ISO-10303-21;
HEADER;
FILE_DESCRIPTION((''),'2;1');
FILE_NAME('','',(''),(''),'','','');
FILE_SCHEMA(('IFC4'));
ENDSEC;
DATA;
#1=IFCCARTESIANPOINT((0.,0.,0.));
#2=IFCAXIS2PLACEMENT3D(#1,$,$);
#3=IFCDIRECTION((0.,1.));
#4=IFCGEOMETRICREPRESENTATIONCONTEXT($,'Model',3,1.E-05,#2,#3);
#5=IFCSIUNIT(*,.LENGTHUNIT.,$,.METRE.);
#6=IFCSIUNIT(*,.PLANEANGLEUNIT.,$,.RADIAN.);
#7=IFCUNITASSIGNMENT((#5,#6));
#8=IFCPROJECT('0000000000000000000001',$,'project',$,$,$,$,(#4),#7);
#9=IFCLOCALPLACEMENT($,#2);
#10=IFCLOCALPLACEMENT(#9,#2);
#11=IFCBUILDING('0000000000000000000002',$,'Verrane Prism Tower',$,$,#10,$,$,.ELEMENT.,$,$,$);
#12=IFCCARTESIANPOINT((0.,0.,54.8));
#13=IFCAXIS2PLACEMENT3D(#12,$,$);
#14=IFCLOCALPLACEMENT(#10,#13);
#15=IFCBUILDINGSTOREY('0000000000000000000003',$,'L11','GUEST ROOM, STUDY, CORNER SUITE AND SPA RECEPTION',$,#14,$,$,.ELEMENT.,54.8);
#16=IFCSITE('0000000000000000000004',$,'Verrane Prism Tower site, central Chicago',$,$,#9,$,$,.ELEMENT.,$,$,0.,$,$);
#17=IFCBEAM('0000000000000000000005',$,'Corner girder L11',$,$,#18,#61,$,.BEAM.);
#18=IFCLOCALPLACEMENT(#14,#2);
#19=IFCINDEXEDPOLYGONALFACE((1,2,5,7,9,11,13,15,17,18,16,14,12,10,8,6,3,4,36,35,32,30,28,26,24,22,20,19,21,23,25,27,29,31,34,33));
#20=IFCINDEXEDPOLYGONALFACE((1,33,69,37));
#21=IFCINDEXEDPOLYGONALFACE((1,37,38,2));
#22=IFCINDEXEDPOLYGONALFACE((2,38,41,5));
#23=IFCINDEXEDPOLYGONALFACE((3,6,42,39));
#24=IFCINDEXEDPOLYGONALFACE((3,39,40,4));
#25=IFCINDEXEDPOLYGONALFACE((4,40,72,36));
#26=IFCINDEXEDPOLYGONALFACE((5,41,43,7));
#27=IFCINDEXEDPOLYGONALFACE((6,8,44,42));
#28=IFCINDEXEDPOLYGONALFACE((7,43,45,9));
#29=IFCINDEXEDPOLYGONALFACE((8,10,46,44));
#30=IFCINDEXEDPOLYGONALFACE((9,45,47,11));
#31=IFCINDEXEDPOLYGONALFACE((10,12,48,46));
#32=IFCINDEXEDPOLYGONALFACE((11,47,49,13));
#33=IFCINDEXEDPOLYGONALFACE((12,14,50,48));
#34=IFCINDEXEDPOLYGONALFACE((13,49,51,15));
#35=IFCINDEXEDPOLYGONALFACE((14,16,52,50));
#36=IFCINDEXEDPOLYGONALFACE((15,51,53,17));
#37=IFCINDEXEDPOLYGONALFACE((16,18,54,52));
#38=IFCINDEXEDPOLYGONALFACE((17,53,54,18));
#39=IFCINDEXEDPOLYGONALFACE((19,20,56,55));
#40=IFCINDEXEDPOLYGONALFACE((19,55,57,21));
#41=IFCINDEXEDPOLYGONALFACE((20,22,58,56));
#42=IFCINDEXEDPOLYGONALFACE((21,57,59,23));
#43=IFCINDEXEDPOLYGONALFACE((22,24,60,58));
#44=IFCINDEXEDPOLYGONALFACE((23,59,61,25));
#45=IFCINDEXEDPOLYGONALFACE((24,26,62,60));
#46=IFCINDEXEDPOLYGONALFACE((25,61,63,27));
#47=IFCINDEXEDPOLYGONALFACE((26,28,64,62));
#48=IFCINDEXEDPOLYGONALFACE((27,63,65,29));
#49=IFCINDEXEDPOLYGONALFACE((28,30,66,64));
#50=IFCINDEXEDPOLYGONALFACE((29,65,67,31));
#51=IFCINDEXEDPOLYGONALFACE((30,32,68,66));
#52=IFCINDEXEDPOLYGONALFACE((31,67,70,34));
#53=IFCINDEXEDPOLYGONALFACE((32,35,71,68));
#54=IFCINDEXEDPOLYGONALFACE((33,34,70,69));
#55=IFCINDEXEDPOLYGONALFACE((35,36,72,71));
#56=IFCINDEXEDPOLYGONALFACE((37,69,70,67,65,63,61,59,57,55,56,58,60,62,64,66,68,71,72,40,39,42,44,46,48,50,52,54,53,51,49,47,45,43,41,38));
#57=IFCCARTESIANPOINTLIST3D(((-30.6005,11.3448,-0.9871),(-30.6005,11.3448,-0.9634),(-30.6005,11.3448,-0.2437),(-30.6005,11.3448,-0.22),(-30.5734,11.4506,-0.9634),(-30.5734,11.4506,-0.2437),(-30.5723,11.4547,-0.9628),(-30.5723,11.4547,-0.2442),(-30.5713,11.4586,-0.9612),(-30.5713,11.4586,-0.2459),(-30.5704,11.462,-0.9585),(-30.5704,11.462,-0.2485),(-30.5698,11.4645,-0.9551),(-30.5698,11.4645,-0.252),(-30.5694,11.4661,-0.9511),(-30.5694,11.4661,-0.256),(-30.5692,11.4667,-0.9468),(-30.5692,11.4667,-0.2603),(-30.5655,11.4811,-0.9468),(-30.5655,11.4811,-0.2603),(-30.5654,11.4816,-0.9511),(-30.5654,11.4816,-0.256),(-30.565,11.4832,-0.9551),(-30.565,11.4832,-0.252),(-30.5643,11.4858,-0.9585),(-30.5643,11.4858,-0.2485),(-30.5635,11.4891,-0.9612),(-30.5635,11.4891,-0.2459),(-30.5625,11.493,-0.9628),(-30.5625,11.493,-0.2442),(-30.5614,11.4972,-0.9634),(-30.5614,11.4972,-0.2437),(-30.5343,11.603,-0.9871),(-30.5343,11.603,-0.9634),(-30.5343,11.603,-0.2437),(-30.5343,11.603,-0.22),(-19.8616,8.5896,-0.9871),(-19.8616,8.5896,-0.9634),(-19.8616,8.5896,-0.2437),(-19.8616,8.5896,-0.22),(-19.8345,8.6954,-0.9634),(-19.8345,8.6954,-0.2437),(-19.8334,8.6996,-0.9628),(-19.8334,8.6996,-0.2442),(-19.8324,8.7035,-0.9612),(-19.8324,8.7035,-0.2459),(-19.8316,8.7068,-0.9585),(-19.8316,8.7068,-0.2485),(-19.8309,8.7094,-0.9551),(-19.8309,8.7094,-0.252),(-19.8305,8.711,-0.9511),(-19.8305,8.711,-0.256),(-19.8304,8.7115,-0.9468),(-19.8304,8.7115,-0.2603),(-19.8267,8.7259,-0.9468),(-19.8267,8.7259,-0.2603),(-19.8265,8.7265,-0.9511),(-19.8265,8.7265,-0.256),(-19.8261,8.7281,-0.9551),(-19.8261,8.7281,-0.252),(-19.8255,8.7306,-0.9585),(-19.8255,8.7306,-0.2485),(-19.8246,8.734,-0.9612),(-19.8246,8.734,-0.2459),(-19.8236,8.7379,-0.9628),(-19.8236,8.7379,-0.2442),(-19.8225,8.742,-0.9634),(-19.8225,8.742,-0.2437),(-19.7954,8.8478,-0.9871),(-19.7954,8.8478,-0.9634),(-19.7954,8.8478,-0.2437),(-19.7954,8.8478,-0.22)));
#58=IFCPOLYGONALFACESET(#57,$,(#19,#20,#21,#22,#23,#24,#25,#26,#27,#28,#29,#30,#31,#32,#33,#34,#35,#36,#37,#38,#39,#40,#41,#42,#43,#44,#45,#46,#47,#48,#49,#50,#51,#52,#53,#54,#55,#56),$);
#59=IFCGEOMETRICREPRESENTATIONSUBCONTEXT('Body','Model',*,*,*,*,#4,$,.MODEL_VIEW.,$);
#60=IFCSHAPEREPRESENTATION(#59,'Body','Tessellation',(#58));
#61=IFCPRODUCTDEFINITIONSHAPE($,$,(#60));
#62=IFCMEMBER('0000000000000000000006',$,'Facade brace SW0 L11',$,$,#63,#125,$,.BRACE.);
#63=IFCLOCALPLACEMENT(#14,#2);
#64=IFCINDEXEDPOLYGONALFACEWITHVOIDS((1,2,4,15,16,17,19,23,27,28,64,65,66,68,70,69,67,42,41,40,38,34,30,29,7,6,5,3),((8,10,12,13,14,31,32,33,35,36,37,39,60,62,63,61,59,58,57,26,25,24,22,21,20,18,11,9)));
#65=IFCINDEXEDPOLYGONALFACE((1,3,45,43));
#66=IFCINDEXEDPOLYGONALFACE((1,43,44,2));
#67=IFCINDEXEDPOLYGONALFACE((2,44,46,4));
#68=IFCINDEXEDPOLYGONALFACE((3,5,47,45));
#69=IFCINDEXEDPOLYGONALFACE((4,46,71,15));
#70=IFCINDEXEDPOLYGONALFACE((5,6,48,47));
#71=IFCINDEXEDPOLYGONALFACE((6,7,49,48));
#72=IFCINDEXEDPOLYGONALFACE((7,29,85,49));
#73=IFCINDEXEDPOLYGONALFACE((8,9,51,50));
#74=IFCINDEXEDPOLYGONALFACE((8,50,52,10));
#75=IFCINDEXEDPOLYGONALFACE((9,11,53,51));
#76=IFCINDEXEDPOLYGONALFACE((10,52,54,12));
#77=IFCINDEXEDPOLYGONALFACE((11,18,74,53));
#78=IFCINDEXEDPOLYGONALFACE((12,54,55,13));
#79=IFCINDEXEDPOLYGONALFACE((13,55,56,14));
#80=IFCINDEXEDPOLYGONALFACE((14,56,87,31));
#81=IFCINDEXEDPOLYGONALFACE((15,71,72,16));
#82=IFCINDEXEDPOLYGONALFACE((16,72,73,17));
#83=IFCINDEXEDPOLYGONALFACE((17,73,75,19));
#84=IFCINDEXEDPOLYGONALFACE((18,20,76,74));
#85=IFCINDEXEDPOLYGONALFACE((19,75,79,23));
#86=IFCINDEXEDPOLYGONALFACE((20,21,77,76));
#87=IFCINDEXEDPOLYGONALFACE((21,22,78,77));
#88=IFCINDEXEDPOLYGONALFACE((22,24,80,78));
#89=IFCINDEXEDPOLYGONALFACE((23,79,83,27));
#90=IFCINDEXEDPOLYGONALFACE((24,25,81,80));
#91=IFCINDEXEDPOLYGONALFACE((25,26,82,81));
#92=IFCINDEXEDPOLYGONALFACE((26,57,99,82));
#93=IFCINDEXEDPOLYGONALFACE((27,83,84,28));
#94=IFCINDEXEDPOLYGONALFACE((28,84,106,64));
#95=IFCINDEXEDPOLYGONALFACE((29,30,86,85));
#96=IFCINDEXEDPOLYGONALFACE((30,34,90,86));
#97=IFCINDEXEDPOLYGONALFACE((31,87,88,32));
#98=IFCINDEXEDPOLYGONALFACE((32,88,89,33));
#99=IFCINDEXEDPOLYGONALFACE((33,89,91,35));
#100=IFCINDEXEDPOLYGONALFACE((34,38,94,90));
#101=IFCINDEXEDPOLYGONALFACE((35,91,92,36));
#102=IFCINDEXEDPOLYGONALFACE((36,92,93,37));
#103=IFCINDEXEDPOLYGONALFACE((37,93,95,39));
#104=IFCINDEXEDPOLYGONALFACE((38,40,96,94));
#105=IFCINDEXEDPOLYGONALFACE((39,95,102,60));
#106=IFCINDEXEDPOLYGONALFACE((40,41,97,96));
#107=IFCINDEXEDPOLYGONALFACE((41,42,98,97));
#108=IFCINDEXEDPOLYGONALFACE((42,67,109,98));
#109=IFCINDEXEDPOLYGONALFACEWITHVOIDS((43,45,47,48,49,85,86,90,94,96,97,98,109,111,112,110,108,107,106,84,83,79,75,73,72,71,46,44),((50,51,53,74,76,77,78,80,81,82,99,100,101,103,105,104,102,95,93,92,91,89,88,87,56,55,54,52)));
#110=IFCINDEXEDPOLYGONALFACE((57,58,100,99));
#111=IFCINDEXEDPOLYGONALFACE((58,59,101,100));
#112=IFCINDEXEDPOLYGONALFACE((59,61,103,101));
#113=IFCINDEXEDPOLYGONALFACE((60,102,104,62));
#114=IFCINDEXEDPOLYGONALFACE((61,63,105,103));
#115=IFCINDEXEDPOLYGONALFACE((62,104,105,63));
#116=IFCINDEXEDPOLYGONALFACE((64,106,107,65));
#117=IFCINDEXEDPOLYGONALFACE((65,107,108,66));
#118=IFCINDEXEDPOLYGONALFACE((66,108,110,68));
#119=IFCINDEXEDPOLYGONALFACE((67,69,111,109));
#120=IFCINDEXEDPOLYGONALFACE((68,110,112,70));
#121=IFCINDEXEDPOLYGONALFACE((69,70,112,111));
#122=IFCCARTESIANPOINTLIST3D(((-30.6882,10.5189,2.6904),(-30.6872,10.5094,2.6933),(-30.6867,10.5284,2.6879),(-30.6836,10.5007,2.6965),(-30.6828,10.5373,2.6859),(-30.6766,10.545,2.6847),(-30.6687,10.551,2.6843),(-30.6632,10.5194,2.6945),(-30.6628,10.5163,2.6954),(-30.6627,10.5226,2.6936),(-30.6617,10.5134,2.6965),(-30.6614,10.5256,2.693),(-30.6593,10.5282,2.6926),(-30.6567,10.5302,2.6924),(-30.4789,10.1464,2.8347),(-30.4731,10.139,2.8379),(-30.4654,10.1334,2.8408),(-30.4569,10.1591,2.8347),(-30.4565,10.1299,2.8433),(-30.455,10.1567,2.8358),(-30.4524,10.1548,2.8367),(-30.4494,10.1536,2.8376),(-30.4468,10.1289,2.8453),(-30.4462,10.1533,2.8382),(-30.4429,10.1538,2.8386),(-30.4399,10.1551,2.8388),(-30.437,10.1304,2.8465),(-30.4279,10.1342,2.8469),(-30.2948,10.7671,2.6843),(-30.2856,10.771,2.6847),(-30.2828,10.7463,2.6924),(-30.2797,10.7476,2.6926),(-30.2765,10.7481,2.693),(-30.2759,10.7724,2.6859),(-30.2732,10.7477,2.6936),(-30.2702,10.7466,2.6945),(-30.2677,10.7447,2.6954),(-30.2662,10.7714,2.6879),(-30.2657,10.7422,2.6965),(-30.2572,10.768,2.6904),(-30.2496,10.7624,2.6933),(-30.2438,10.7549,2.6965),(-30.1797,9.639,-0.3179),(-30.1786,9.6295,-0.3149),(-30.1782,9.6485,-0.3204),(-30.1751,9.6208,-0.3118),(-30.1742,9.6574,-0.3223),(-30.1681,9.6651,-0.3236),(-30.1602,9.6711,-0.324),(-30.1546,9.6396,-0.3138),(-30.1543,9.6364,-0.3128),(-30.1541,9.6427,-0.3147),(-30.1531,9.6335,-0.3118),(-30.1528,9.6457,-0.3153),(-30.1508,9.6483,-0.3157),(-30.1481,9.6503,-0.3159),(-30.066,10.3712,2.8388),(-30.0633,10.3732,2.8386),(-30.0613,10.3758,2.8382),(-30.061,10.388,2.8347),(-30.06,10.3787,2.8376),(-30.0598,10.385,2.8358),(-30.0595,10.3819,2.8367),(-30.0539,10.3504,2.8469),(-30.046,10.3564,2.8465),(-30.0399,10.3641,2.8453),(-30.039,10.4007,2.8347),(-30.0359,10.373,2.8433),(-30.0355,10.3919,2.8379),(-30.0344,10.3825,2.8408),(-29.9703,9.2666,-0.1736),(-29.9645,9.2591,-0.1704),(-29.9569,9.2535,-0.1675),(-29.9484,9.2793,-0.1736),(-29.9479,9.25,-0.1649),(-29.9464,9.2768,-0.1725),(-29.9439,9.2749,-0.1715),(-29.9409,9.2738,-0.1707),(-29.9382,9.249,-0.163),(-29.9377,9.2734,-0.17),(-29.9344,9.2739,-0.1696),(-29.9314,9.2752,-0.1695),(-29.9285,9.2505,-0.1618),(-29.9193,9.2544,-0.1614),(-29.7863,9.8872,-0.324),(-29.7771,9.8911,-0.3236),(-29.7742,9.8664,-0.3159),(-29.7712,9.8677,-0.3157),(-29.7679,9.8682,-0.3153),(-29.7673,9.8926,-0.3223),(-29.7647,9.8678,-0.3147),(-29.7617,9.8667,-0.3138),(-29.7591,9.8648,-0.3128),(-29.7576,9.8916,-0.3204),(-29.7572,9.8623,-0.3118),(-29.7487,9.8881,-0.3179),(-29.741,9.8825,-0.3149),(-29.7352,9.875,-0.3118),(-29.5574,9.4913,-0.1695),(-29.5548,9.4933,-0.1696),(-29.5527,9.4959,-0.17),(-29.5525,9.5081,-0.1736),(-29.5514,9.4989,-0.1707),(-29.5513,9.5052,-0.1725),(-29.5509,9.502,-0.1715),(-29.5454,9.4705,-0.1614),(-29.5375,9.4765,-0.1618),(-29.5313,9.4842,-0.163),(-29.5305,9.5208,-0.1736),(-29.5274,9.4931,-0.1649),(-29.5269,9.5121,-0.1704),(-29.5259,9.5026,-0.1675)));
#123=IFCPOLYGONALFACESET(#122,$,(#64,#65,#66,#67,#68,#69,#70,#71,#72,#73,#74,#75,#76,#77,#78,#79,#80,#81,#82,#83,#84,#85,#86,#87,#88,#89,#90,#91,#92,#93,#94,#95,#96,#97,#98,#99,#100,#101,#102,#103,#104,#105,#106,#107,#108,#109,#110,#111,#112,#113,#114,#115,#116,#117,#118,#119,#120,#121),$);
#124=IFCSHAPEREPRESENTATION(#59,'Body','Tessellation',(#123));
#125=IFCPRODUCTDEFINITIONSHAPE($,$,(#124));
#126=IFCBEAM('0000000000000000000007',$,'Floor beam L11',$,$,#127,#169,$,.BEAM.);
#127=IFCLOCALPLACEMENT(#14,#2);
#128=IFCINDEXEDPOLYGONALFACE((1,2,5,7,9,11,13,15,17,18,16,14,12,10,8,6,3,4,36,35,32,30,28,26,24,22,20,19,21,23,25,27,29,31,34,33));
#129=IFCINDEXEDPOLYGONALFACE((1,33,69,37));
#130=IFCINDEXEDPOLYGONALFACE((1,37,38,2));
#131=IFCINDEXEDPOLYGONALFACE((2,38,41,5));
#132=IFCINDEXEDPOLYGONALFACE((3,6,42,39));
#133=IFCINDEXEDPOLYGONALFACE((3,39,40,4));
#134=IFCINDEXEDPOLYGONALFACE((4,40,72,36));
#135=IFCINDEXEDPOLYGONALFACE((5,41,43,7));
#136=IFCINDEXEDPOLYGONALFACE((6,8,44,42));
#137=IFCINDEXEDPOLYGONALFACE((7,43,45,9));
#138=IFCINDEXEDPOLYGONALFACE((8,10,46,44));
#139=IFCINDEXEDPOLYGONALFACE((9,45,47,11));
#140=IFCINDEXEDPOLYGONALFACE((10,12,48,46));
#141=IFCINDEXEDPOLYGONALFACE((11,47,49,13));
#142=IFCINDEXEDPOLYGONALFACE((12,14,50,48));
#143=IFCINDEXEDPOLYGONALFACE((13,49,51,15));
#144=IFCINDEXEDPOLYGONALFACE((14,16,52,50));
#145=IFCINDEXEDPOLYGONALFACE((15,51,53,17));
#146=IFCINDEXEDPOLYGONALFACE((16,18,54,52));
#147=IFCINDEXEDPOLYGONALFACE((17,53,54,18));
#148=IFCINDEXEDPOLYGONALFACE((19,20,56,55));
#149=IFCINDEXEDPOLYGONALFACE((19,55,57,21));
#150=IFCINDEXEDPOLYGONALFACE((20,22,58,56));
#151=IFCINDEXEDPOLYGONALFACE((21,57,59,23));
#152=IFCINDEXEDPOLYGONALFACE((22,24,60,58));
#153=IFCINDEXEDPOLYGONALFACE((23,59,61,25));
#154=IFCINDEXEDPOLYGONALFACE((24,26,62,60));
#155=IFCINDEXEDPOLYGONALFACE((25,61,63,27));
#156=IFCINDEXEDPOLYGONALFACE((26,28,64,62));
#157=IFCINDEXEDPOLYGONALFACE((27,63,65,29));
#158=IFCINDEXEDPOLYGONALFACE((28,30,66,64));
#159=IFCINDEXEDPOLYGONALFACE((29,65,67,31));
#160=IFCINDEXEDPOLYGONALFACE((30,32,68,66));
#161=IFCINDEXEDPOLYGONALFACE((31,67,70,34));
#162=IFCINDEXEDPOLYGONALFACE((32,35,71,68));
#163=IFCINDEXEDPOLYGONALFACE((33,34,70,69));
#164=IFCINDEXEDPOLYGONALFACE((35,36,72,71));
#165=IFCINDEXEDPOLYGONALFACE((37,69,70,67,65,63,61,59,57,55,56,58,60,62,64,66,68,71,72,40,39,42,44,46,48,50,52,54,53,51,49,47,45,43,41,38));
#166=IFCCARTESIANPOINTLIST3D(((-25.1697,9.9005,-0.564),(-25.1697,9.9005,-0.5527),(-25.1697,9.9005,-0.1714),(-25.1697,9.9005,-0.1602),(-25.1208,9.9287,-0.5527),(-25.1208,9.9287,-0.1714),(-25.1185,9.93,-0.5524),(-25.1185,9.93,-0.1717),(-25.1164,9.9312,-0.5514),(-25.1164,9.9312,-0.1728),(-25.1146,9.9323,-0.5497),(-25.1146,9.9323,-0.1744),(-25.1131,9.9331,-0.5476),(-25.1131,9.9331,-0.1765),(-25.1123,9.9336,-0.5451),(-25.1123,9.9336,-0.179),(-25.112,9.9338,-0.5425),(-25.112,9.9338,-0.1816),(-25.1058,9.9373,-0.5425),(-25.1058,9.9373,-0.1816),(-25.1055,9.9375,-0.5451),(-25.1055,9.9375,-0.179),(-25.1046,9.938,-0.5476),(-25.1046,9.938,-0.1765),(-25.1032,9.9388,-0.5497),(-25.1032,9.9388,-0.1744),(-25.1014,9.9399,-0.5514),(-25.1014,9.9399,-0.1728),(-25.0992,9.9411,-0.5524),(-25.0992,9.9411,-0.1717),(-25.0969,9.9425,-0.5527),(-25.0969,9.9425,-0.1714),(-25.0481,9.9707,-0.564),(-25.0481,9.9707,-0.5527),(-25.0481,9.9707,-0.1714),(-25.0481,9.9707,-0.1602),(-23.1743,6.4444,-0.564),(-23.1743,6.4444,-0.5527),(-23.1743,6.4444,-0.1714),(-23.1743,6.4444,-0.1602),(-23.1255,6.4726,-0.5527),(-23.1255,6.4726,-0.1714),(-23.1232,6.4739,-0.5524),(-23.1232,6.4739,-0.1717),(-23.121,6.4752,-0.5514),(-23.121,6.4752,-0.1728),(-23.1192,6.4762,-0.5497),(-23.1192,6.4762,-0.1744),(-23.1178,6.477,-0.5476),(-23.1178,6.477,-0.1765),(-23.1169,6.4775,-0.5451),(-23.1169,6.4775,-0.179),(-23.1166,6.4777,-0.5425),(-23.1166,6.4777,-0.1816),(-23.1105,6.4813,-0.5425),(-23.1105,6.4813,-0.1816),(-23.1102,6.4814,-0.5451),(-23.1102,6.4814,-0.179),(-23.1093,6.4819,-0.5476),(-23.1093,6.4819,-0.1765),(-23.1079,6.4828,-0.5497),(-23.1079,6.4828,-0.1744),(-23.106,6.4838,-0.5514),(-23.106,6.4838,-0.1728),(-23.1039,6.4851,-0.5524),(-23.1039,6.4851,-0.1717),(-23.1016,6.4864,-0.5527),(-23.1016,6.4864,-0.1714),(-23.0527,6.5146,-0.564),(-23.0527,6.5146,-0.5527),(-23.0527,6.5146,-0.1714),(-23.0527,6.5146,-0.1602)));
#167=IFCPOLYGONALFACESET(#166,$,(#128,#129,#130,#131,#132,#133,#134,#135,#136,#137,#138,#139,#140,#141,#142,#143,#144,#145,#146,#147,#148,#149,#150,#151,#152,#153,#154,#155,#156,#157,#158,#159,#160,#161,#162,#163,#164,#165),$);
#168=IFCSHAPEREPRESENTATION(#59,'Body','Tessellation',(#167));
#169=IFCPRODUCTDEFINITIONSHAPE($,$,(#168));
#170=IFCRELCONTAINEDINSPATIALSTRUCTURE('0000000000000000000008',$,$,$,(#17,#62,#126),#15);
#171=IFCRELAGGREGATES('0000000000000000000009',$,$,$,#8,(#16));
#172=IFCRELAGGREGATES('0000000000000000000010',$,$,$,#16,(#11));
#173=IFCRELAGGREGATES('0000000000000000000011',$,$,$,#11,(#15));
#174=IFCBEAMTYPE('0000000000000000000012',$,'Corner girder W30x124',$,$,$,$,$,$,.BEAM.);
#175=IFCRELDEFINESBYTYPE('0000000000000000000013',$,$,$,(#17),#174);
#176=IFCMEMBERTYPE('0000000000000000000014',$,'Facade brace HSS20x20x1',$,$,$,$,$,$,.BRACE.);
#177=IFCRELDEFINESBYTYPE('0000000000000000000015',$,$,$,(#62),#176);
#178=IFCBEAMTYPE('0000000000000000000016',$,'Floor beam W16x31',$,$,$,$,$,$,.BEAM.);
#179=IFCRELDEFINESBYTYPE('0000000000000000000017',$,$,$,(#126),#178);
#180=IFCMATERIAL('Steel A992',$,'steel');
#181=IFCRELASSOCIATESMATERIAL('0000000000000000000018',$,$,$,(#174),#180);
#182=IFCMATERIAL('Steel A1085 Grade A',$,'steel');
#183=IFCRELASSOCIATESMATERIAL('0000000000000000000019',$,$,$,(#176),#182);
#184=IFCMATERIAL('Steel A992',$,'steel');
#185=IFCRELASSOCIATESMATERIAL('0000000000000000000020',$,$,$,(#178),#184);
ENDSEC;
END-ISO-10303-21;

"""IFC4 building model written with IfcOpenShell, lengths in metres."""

from ifc_helpers import new_model, si_unit, direction, frame, origin, origin_2d, place, context, subcontext, project, spatial, hollow_rectangle, i_section, extrude, material, material_profile, profile_set, type_object, element, save


model = new_model("IFC4")

# Units and contexts
model_context = context("Model", 3, precision=1e-05, world=origin(), true_north=direction((0.0, 1.0)))
body_context = subcontext(model_context, "Body", "Model", "MODEL_VIEW")
ifc_project = project(units=[si_unit("LENGTHUNIT", "METRE"), si_unit("PLANEANGLEUNIT", "RADIAN")], contexts=[model_context])

# Site, building, storey
site_placement = place(None, origin())
site = spatial("IfcSite", under=ifc_project, at=site_placement, Name="Verrane Prism Tower site, central Chicago", CompositionType="ELEMENT", RefElevation=0.0)
building_placement = place(site_placement, origin())
building = spatial("IfcBuilding", under=site, at=building_placement, Name="Verrane Prism Tower", CompositionType="ELEMENT")
storey_placement = place(building_placement, frame((0.0, 0.0, 54.8)))
storey = spatial("IfcBuildingStorey", under=building, at=storey_placement, Name="L11", Description="GUEST ROOM, STUDY, CORNER SUITE AND SPA RECEPTION", CompositionType="ELEMENT", Elevation=54.8)

# Beam
ifc_material_1 = material(Name="Steel A992", Category="steel")
ifc_material_profile_1 = material_profile(ifc_material_1, i_section(OverallWidth=0.2666, OverallDepth=0.7671, WebThickness=0.0149, FlangeThickness=0.0237, FilletRadius=0.0166, at=origin_2d()), Name="W30x124")
ifc_profile_set_1 = profile_set([ifc_material_profile_1], Name="Steel A992")
beam_type_1 = type_object("IfcBeamType", Name="Corner girder W30x124", PredefinedType="BEAM", material=ifc_profile_set_1)
beam_1_placement = place(storey_placement, frame((-30.5674, 11.4739, -0.6035), z_axis=(0.968629, -0.24851, 0.0), x_axis=(0.24851, 0.968629, 0.0)))
element("IfcBeam", 1, at=beam_1_placement, inside=storey, type_object=beam_type_1, Name="Corner girder L11", PredefinedType="BEAM", context=body_context, shape_type="SweptSolid", body=[
    extrude(i_section(OverallWidth=0.2666, OverallDepth=0.7671, WebThickness=0.0149, FlangeThickness=0.0237, FilletRadius=0.0166, at=origin_2d()), origin(), (0.0, 0.0, 1.0), 11.0867),
])

# Member
ifc_material_2 = material(Name="Steel A1085 Grade A", Category="steel")
ifc_material_profile_2 = material_profile(ifc_material_2, hollow_rectangle(XDim=0.5081, YDim=0.5081, WallThickness=0.0254, InnerFilletRadius=0.0127, OuterFilletRadius=0.0381, at=origin_2d()), Name="HSS20x20x1")
ifc_profile_set_2 = profile_set([ifc_material_profile_2], Name="Steel A1085 Grade A")
member_type_1 = type_object("IfcMemberType", Name="Facade brace HSS20x20x1", PredefinedType="BRACE", material=ifc_profile_set_2)
member_1_placement = place(storey_placement, frame((-29.8528, 9.5708, -0.2427), z_axis=(-0.160155, 0.2771, 0.947399), x_axis=(-0.865793, -0.500402, 0.0)))
element("IfcMember", 2, at=member_1_placement, inside=storey, type_object=member_type_1, Name="Facade brace SW0 L11", PredefinedType="BRACE", context=body_context, shape_type="SweptSolid", body=[
    extrude(hollow_rectangle(XDim=0.5081, YDim=0.5081, WallThickness=0.0254, InnerFilletRadius=0.0127, OuterFilletRadius=0.0381, at=origin_2d()), origin(), (0.0, 0.0, 1.0), 3.1753),
])

# Beam
ifc_material_3 = material(Name="Steel A992", Category="steel")
ifc_material_profile_3 = material_profile(ifc_material_3, i_section(OverallWidth=0.1404, OverallDepth=0.4038, WebThickness=0.0071, FlangeThickness=0.0112, FilletRadius=0.0103, at=origin_2d()), Name="W16x31")
ifc_profile_set_3 = profile_set([ifc_material_profile_3], Name="Steel A992")
beam_type_2 = type_object("IfcBeamType", Name="Floor beam W16x31", PredefinedType="BEAM", material=ifc_profile_set_3)
beam_2_placement = place(storey_placement, frame((-23.1135, 6.4795, -0.3621), z_axis=(-0.500001, 0.866025, 0.0), x_axis=(-0.866025, -0.500001, 0.0)))
element("IfcBeam", 3, at=beam_2_placement, inside=storey, type_object=beam_type_2, Name="Floor beam L11", PredefinedType="BEAM", context=body_context, shape_type="SweptSolid", body=[
    extrude(i_section(OverallWidth=0.1404, OverallDepth=0.4038, WebThickness=0.0071, FlangeThickness=0.0112, FilletRadius=0.0103, at=origin_2d()), origin(), (0.0, 0.0, 1.0), 3.9907),
])

save(model, "model.ifc")
